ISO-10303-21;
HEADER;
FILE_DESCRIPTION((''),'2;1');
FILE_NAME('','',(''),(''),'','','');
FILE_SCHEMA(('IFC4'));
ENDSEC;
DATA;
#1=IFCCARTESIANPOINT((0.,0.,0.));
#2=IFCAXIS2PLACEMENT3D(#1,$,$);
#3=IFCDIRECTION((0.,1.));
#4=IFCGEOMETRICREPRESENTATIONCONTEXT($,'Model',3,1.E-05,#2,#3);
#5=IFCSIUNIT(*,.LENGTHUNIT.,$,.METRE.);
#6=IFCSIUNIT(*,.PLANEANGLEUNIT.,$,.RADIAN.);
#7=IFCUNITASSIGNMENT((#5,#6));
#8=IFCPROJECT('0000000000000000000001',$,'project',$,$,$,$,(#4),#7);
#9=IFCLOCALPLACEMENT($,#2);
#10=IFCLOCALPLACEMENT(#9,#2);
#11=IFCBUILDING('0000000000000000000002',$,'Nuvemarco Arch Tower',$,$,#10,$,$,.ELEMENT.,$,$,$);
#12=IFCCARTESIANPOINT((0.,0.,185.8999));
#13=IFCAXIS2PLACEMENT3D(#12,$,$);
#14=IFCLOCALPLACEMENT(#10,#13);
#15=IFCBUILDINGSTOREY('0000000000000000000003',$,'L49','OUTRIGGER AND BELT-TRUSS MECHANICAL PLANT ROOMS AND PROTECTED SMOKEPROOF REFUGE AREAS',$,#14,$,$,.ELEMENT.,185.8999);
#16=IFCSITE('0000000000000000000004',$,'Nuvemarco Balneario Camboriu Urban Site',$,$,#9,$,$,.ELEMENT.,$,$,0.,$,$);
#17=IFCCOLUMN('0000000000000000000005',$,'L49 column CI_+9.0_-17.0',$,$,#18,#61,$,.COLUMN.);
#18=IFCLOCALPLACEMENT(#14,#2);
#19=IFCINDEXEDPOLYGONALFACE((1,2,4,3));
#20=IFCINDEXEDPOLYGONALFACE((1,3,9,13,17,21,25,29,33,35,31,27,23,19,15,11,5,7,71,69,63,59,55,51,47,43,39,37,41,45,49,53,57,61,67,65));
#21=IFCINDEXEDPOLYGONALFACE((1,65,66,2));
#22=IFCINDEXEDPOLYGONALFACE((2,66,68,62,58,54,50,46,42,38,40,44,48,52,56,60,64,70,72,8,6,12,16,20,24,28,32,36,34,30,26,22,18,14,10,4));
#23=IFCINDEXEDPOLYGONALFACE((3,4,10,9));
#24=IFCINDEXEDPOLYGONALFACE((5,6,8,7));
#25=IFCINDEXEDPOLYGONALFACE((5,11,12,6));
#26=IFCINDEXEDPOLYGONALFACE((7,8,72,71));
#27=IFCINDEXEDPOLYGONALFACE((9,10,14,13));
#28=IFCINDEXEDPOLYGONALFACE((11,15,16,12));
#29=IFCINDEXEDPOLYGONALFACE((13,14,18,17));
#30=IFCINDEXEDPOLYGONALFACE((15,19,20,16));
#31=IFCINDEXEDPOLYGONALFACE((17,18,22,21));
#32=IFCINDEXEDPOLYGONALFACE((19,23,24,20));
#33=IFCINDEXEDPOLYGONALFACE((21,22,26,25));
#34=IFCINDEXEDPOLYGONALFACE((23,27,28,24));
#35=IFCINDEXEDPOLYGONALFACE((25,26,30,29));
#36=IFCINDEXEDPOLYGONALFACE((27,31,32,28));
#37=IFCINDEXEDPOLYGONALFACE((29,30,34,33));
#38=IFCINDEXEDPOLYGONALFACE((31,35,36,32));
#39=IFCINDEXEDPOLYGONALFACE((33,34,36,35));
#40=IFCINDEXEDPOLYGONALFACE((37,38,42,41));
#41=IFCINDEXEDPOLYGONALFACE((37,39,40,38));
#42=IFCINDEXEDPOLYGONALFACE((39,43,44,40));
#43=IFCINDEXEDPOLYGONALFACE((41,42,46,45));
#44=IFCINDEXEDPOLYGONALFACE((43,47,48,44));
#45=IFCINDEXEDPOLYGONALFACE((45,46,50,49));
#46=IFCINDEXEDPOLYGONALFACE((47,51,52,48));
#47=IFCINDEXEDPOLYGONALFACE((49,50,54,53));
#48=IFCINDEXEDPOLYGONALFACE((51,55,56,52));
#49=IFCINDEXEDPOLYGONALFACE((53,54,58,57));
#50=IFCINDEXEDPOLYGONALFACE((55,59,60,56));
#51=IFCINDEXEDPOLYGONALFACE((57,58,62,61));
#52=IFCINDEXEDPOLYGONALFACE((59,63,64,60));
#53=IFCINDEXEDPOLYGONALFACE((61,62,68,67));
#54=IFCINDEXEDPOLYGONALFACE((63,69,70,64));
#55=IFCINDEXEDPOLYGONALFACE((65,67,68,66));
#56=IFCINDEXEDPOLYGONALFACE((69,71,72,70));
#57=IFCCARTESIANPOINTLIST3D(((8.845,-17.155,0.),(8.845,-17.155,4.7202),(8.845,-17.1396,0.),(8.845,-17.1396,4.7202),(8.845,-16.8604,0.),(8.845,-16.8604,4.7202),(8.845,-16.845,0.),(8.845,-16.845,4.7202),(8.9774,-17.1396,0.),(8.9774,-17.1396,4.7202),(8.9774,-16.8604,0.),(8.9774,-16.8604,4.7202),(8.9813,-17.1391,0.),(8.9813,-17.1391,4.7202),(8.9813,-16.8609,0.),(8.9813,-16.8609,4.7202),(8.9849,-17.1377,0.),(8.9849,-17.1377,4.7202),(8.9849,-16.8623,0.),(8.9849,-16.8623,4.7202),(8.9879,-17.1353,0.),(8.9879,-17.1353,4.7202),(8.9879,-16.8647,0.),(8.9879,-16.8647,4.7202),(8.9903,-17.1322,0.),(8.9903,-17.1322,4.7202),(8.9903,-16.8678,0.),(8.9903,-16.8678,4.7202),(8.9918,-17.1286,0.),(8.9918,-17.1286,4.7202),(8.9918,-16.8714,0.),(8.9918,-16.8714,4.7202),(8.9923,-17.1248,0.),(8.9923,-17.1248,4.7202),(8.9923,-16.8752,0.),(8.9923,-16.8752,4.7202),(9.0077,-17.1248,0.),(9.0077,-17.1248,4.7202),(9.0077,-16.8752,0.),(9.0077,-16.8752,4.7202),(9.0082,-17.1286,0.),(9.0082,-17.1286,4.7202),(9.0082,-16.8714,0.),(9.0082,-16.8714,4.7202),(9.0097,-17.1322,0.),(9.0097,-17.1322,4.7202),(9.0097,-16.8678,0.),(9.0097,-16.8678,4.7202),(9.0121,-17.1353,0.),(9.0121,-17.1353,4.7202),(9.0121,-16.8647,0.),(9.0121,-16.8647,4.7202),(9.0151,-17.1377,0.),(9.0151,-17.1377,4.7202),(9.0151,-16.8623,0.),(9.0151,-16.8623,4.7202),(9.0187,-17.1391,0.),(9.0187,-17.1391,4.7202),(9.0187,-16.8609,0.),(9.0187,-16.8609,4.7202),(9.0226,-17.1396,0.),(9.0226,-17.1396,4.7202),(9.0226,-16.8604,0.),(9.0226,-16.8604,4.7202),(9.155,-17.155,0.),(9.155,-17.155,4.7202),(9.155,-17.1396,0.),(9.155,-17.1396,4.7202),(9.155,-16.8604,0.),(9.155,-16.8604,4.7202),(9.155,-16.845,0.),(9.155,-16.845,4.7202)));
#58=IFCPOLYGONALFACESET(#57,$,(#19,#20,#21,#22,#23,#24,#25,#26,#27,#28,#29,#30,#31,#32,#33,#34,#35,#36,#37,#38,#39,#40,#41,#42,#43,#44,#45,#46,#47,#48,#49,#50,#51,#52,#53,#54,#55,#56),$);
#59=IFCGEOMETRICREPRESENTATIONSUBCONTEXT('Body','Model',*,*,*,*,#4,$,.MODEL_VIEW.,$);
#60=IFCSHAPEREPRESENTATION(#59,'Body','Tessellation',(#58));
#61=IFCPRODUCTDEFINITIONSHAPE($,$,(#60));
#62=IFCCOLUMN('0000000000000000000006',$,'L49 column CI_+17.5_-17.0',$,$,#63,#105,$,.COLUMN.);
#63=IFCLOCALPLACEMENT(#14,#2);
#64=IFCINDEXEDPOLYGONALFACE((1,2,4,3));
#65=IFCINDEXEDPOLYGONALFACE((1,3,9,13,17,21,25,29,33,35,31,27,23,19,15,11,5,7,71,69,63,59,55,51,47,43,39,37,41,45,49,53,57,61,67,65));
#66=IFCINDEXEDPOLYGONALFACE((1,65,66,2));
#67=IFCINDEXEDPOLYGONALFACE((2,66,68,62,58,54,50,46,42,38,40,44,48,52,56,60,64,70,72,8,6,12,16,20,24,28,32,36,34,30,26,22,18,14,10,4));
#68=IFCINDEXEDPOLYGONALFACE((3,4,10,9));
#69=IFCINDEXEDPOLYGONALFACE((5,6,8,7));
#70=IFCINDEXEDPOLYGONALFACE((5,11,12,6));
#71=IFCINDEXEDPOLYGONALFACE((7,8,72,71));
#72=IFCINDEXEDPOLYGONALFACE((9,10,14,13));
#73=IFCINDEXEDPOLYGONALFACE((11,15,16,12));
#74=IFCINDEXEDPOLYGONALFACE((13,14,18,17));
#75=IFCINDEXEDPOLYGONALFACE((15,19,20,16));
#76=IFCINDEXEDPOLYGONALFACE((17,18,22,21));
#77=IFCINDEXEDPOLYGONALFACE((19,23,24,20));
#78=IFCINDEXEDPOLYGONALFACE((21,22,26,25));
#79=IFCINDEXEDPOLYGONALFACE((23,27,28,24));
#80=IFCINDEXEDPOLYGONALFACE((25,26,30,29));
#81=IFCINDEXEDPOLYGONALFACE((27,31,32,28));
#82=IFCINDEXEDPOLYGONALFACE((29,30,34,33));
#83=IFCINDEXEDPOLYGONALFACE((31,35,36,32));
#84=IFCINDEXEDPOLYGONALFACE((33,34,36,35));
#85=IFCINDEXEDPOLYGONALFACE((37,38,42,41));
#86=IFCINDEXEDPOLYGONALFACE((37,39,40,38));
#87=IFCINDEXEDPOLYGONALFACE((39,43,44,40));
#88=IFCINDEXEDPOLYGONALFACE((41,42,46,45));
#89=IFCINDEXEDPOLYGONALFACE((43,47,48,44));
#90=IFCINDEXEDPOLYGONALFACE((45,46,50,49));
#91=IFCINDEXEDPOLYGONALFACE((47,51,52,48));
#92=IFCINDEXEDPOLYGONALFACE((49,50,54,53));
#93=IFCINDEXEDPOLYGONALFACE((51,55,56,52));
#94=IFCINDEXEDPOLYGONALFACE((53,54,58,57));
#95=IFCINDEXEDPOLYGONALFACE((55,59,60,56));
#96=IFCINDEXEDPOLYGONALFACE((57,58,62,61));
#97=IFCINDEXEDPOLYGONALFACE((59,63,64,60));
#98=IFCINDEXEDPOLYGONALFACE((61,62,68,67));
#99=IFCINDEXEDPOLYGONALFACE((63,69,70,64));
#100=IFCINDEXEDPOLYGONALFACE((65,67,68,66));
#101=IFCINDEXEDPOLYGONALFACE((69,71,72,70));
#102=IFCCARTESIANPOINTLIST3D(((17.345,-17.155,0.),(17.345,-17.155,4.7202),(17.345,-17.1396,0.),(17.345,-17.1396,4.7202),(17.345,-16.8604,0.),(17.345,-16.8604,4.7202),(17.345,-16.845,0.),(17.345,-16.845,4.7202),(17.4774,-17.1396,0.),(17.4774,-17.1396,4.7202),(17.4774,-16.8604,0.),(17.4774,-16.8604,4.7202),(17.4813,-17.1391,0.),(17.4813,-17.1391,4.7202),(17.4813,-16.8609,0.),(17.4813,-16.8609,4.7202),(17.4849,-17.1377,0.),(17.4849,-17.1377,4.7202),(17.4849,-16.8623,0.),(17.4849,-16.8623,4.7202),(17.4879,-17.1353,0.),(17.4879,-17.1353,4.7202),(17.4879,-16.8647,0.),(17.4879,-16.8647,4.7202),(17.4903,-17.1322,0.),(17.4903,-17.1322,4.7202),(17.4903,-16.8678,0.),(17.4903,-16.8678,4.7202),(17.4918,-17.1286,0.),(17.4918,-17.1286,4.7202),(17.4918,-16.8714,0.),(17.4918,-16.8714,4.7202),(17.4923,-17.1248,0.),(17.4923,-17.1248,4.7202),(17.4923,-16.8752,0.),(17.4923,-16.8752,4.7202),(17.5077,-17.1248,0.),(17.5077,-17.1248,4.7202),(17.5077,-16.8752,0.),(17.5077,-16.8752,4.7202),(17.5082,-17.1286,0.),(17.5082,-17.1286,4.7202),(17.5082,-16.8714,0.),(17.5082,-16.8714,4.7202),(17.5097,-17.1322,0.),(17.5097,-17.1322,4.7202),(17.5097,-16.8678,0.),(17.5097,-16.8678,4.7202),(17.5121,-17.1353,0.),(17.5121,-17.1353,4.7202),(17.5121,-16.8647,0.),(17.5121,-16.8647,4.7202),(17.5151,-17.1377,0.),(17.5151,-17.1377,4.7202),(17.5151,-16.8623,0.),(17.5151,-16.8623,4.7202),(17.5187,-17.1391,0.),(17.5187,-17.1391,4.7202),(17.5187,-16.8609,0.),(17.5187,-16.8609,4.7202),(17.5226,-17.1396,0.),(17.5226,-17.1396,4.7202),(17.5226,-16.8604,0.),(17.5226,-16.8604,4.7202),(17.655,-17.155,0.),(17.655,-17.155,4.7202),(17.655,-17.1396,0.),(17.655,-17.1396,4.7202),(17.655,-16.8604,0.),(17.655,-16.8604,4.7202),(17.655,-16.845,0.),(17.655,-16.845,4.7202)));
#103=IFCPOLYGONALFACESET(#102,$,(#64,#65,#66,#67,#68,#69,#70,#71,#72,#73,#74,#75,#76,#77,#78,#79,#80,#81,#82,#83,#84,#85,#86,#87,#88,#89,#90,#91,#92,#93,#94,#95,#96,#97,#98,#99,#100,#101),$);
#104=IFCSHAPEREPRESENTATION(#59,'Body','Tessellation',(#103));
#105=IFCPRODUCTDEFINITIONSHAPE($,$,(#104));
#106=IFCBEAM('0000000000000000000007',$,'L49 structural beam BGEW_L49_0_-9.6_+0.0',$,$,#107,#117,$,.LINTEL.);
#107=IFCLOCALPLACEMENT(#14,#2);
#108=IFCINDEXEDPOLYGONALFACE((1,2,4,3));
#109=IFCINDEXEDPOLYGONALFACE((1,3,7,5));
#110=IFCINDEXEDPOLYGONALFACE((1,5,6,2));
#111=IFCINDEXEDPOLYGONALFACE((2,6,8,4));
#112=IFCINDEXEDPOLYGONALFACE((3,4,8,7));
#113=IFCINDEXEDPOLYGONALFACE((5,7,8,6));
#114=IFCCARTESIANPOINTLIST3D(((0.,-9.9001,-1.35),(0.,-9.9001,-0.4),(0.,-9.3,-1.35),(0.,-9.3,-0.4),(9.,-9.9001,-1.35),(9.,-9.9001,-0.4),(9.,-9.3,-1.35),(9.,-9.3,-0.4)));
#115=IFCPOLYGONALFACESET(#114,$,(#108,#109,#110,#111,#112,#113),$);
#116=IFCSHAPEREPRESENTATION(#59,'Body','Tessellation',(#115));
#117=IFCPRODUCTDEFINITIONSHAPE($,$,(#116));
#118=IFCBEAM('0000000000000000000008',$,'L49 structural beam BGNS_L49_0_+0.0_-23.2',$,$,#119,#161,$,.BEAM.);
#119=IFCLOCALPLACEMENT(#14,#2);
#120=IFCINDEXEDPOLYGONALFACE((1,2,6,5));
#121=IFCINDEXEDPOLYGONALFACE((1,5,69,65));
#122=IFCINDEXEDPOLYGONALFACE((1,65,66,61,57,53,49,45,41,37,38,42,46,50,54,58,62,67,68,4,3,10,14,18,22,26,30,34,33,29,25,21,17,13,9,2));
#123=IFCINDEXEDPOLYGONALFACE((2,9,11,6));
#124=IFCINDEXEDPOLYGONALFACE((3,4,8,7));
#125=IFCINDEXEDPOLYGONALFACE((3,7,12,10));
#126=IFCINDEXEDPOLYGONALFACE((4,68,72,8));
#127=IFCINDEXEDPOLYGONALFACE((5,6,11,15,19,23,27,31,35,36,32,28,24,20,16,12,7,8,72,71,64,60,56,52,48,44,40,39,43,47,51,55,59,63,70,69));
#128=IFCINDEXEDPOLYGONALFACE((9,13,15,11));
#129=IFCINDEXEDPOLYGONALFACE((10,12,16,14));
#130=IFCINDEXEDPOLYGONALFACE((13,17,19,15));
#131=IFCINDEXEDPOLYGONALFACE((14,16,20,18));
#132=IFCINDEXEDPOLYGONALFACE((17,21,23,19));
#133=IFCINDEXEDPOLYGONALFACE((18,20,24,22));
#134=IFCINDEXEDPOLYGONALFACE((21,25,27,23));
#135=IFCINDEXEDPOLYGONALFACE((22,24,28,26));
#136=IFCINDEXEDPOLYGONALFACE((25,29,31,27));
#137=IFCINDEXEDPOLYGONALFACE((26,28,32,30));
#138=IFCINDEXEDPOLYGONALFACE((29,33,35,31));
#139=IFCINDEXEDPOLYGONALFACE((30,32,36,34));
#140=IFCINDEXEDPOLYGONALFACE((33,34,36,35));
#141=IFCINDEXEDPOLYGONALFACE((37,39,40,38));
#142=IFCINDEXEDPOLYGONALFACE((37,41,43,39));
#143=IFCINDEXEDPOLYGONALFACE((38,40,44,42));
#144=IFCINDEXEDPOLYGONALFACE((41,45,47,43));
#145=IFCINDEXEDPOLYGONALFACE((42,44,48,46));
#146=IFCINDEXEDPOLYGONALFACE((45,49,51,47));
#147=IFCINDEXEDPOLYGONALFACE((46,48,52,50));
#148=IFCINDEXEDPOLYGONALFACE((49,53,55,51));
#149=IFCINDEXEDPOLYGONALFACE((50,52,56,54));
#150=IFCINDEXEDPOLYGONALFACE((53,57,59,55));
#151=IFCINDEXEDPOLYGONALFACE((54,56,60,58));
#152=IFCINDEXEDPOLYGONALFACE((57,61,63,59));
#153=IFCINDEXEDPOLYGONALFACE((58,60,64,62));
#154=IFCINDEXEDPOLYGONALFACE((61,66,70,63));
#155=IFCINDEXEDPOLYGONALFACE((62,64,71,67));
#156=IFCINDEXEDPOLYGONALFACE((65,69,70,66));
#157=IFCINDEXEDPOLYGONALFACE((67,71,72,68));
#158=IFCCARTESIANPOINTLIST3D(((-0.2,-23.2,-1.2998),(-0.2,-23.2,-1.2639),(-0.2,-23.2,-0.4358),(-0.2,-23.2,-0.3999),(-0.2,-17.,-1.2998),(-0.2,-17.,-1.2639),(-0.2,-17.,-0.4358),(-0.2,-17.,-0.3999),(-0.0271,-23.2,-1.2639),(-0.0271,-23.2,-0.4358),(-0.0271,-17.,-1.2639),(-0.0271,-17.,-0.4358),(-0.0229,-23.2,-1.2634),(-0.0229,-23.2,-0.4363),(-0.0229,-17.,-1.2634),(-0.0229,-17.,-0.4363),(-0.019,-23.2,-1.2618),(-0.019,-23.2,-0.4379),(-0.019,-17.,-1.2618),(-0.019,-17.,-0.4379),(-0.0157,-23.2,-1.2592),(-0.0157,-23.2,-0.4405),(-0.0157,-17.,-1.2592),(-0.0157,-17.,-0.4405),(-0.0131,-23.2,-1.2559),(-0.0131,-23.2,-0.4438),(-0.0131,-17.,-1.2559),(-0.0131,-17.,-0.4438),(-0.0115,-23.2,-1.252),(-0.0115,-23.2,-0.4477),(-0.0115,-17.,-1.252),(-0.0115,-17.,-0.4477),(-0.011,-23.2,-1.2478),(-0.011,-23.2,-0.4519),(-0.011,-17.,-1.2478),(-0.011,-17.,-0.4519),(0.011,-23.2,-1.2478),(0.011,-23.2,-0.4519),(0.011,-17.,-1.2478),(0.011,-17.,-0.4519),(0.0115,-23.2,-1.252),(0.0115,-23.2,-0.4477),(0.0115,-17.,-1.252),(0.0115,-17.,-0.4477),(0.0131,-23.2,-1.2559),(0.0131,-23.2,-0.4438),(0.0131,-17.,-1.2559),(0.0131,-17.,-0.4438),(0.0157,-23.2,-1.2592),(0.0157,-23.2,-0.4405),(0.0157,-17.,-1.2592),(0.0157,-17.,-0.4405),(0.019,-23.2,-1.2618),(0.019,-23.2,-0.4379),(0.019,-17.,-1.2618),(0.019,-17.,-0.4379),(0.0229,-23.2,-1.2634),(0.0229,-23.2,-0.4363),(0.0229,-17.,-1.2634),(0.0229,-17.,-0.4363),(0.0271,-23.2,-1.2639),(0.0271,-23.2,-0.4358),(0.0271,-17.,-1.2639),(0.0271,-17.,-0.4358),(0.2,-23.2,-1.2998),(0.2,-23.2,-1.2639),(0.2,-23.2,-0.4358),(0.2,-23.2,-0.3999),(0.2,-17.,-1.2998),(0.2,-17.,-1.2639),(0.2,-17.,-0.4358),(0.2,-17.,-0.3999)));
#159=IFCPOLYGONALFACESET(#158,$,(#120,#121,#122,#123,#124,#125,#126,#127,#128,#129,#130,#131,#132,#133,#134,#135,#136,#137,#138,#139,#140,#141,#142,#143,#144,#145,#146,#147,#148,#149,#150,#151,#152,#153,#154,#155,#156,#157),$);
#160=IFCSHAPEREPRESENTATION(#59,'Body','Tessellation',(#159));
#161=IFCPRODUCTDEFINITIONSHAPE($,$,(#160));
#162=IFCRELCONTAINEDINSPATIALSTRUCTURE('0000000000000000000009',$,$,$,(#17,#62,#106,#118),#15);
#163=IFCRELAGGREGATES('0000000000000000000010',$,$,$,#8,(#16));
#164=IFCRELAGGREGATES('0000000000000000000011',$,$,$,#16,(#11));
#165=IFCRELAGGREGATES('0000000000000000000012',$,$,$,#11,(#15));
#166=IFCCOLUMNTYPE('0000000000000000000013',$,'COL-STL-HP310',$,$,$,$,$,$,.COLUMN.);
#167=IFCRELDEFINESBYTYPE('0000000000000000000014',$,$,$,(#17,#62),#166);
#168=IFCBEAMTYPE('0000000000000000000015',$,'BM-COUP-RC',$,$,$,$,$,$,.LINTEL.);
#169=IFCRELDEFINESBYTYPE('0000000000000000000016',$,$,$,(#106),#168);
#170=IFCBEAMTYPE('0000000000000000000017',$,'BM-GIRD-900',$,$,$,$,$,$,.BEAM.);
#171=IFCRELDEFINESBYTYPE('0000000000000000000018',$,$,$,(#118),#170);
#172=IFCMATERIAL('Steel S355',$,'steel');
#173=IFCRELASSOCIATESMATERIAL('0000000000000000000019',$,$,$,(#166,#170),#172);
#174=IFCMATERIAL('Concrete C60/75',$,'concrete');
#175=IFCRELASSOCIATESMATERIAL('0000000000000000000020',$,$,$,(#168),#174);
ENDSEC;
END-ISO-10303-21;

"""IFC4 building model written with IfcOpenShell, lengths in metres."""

from ifc_helpers import new_model, si_unit, direction, frame, origin, origin_2d, place, context, subcontext, project, spatial, rectangle, i_section, extrude, material, material_profile, profile_set, type_object, element, save


model = new_model("IFC4")

# Units and contexts
model_context = context("Model", 3, precision=1e-05, world=origin(), true_north=direction((0.0, 1.0)))
body_context = subcontext(model_context, "Body", "Model", "MODEL_VIEW")
ifc_project = project(units=[si_unit("LENGTHUNIT", "METRE"), si_unit("PLANEANGLEUNIT", "RADIAN")], contexts=[model_context])

# Site, building, storey
site_placement = place(None, origin())
site = spatial("IfcSite", under=ifc_project, at=site_placement, Name="Nuvemarco Balneario Camboriu Urban Site", CompositionType="ELEMENT", RefElevation=0.0)
building_placement = place(site_placement, origin())
building = spatial("IfcBuilding", under=site, at=building_placement, Name="Nuvemarco Arch Tower", CompositionType="ELEMENT")
storey_placement = place(building_placement, frame((0.0, 0.0, 185.8999)))
storey = spatial("IfcBuildingStorey", under=building, at=storey_placement, Name="L49", Description="OUTRIGGER AND BELT-TRUSS MECHANICAL PLANT ROOMS AND PROTECTED SMOKEPROOF REFUGE AREAS", CompositionType="ELEMENT", Elevation=185.8999)

# Columns
ifc_material_1 = material(Name="Steel S355", Category="steel")
ifc_material_profile_1 = material_profile(ifc_material_1, i_section(OverallWidth=0.3101, OverallDepth=0.3101, WebThickness=0.0154, FlangeThickness=0.0154, FilletRadius=0.0149, at=origin_2d()), Name="HP310x110")
ifc_profile_set_1 = profile_set([ifc_material_profile_1], Name="Steel S355")
column_type_1 = type_object("IfcColumnType", Name="COL-STL-HP310", PredefinedType="COLUMN", material=ifc_profile_set_1)
for number, where, z_axis, x_axis, name in (
    (1, (9.0, -17.0, 0.0), (0.0, 0.0, 1.0), (1.0, 0.0, 0.0), "L49 column CI_+9.0_-17.0"),
    (2, (17.5, -17.0, 0.0), (0.0, 0.0, 1.0), (1.0, 0.0, 0.0), "L49 column CI_+17.5_-17.0"),
):
    element("IfcColumn", number, at=place(storey_placement, frame(where, z_axis=z_axis, x_axis=x_axis)), inside=storey, type_object=column_type_1, Name=name, PredefinedType="COLUMN", context=body_context, shape_type="SweptSolid", body=[
        extrude(i_section(OverallWidth=0.3101, OverallDepth=0.3101, WebThickness=0.0154, FlangeThickness=0.0154, FilletRadius=0.0149, at=origin_2d()), origin(), (0.0, 0.0, 1.0), 4.7202),
    ])

# Beams
ifc_material_2 = material(Name="Concrete C60/75", Category="concrete")
ifc_material_profile_2 = material_profile(ifc_material_2, rectangle(XDim=0.6001, YDim=0.95, at=origin_2d()), Name="RC-BM-600x950")
ifc_profile_set_2 = profile_set([ifc_material_profile_2], Name="Concrete C60/75")
beam_type_1 = type_object("IfcBeamType", Name="BM-COUP-RC", PredefinedType="LINTEL", material=ifc_profile_set_2)
beam_1_placement = place(storey_placement, frame((0.0, -9.6001, -0.875), z_axis=(1.0, 0.0, 0.0), x_axis=(0.0, 1.0, 0.0)))
element("IfcBeam", 3, at=beam_1_placement, inside=storey, type_object=beam_type_1, Name="L49 structural beam BGEW_L49_0_-9.6_+0.0", PredefinedType="LINTEL", context=body_context, shape_type="SweptSolid", body=[
    extrude(rectangle(XDim=0.6001, YDim=0.95, at=origin_2d()), origin(), (0.0, 0.0, 1.0), 9.0),
])
ifc_material_profile_3 = material_profile(ifc_material_1, i_section(OverallWidth=0.3999, OverallDepth=0.8999, WebThickness=0.022, FlangeThickness=0.0359, FilletRadius=0.0161, at=origin_2d()), Name="PG900x400")
ifc_profile_set_3 = profile_set([ifc_material_profile_3], Name="Steel S355")
beam_type_2 = type_object("IfcBeamType", Name="BM-GIRD-900", PredefinedType="BEAM", material=ifc_profile_set_3)
beam_2_placement = place(storey_placement, frame((0.0, -23.2, -0.8499), z_axis=(0.0, 1.0, 0.0), x_axis=(-1.0, 0.0, 0.0)))
element("IfcBeam", 4, at=beam_2_placement, inside=storey, type_object=beam_type_2, Name="L49 structural beam BGNS_L49_0_+0.0_-23.2", PredefinedType="BEAM", context=body_context, shape_type="SweptSolid", body=[
    extrude(i_section(OverallWidth=0.3999, OverallDepth=0.8999, WebThickness=0.022, FlangeThickness=0.0359, FilletRadius=0.0161, at=origin_2d()), origin(), (0.0, 0.0, 1.0), 6.2),
])

save(model, "model.ifc")
